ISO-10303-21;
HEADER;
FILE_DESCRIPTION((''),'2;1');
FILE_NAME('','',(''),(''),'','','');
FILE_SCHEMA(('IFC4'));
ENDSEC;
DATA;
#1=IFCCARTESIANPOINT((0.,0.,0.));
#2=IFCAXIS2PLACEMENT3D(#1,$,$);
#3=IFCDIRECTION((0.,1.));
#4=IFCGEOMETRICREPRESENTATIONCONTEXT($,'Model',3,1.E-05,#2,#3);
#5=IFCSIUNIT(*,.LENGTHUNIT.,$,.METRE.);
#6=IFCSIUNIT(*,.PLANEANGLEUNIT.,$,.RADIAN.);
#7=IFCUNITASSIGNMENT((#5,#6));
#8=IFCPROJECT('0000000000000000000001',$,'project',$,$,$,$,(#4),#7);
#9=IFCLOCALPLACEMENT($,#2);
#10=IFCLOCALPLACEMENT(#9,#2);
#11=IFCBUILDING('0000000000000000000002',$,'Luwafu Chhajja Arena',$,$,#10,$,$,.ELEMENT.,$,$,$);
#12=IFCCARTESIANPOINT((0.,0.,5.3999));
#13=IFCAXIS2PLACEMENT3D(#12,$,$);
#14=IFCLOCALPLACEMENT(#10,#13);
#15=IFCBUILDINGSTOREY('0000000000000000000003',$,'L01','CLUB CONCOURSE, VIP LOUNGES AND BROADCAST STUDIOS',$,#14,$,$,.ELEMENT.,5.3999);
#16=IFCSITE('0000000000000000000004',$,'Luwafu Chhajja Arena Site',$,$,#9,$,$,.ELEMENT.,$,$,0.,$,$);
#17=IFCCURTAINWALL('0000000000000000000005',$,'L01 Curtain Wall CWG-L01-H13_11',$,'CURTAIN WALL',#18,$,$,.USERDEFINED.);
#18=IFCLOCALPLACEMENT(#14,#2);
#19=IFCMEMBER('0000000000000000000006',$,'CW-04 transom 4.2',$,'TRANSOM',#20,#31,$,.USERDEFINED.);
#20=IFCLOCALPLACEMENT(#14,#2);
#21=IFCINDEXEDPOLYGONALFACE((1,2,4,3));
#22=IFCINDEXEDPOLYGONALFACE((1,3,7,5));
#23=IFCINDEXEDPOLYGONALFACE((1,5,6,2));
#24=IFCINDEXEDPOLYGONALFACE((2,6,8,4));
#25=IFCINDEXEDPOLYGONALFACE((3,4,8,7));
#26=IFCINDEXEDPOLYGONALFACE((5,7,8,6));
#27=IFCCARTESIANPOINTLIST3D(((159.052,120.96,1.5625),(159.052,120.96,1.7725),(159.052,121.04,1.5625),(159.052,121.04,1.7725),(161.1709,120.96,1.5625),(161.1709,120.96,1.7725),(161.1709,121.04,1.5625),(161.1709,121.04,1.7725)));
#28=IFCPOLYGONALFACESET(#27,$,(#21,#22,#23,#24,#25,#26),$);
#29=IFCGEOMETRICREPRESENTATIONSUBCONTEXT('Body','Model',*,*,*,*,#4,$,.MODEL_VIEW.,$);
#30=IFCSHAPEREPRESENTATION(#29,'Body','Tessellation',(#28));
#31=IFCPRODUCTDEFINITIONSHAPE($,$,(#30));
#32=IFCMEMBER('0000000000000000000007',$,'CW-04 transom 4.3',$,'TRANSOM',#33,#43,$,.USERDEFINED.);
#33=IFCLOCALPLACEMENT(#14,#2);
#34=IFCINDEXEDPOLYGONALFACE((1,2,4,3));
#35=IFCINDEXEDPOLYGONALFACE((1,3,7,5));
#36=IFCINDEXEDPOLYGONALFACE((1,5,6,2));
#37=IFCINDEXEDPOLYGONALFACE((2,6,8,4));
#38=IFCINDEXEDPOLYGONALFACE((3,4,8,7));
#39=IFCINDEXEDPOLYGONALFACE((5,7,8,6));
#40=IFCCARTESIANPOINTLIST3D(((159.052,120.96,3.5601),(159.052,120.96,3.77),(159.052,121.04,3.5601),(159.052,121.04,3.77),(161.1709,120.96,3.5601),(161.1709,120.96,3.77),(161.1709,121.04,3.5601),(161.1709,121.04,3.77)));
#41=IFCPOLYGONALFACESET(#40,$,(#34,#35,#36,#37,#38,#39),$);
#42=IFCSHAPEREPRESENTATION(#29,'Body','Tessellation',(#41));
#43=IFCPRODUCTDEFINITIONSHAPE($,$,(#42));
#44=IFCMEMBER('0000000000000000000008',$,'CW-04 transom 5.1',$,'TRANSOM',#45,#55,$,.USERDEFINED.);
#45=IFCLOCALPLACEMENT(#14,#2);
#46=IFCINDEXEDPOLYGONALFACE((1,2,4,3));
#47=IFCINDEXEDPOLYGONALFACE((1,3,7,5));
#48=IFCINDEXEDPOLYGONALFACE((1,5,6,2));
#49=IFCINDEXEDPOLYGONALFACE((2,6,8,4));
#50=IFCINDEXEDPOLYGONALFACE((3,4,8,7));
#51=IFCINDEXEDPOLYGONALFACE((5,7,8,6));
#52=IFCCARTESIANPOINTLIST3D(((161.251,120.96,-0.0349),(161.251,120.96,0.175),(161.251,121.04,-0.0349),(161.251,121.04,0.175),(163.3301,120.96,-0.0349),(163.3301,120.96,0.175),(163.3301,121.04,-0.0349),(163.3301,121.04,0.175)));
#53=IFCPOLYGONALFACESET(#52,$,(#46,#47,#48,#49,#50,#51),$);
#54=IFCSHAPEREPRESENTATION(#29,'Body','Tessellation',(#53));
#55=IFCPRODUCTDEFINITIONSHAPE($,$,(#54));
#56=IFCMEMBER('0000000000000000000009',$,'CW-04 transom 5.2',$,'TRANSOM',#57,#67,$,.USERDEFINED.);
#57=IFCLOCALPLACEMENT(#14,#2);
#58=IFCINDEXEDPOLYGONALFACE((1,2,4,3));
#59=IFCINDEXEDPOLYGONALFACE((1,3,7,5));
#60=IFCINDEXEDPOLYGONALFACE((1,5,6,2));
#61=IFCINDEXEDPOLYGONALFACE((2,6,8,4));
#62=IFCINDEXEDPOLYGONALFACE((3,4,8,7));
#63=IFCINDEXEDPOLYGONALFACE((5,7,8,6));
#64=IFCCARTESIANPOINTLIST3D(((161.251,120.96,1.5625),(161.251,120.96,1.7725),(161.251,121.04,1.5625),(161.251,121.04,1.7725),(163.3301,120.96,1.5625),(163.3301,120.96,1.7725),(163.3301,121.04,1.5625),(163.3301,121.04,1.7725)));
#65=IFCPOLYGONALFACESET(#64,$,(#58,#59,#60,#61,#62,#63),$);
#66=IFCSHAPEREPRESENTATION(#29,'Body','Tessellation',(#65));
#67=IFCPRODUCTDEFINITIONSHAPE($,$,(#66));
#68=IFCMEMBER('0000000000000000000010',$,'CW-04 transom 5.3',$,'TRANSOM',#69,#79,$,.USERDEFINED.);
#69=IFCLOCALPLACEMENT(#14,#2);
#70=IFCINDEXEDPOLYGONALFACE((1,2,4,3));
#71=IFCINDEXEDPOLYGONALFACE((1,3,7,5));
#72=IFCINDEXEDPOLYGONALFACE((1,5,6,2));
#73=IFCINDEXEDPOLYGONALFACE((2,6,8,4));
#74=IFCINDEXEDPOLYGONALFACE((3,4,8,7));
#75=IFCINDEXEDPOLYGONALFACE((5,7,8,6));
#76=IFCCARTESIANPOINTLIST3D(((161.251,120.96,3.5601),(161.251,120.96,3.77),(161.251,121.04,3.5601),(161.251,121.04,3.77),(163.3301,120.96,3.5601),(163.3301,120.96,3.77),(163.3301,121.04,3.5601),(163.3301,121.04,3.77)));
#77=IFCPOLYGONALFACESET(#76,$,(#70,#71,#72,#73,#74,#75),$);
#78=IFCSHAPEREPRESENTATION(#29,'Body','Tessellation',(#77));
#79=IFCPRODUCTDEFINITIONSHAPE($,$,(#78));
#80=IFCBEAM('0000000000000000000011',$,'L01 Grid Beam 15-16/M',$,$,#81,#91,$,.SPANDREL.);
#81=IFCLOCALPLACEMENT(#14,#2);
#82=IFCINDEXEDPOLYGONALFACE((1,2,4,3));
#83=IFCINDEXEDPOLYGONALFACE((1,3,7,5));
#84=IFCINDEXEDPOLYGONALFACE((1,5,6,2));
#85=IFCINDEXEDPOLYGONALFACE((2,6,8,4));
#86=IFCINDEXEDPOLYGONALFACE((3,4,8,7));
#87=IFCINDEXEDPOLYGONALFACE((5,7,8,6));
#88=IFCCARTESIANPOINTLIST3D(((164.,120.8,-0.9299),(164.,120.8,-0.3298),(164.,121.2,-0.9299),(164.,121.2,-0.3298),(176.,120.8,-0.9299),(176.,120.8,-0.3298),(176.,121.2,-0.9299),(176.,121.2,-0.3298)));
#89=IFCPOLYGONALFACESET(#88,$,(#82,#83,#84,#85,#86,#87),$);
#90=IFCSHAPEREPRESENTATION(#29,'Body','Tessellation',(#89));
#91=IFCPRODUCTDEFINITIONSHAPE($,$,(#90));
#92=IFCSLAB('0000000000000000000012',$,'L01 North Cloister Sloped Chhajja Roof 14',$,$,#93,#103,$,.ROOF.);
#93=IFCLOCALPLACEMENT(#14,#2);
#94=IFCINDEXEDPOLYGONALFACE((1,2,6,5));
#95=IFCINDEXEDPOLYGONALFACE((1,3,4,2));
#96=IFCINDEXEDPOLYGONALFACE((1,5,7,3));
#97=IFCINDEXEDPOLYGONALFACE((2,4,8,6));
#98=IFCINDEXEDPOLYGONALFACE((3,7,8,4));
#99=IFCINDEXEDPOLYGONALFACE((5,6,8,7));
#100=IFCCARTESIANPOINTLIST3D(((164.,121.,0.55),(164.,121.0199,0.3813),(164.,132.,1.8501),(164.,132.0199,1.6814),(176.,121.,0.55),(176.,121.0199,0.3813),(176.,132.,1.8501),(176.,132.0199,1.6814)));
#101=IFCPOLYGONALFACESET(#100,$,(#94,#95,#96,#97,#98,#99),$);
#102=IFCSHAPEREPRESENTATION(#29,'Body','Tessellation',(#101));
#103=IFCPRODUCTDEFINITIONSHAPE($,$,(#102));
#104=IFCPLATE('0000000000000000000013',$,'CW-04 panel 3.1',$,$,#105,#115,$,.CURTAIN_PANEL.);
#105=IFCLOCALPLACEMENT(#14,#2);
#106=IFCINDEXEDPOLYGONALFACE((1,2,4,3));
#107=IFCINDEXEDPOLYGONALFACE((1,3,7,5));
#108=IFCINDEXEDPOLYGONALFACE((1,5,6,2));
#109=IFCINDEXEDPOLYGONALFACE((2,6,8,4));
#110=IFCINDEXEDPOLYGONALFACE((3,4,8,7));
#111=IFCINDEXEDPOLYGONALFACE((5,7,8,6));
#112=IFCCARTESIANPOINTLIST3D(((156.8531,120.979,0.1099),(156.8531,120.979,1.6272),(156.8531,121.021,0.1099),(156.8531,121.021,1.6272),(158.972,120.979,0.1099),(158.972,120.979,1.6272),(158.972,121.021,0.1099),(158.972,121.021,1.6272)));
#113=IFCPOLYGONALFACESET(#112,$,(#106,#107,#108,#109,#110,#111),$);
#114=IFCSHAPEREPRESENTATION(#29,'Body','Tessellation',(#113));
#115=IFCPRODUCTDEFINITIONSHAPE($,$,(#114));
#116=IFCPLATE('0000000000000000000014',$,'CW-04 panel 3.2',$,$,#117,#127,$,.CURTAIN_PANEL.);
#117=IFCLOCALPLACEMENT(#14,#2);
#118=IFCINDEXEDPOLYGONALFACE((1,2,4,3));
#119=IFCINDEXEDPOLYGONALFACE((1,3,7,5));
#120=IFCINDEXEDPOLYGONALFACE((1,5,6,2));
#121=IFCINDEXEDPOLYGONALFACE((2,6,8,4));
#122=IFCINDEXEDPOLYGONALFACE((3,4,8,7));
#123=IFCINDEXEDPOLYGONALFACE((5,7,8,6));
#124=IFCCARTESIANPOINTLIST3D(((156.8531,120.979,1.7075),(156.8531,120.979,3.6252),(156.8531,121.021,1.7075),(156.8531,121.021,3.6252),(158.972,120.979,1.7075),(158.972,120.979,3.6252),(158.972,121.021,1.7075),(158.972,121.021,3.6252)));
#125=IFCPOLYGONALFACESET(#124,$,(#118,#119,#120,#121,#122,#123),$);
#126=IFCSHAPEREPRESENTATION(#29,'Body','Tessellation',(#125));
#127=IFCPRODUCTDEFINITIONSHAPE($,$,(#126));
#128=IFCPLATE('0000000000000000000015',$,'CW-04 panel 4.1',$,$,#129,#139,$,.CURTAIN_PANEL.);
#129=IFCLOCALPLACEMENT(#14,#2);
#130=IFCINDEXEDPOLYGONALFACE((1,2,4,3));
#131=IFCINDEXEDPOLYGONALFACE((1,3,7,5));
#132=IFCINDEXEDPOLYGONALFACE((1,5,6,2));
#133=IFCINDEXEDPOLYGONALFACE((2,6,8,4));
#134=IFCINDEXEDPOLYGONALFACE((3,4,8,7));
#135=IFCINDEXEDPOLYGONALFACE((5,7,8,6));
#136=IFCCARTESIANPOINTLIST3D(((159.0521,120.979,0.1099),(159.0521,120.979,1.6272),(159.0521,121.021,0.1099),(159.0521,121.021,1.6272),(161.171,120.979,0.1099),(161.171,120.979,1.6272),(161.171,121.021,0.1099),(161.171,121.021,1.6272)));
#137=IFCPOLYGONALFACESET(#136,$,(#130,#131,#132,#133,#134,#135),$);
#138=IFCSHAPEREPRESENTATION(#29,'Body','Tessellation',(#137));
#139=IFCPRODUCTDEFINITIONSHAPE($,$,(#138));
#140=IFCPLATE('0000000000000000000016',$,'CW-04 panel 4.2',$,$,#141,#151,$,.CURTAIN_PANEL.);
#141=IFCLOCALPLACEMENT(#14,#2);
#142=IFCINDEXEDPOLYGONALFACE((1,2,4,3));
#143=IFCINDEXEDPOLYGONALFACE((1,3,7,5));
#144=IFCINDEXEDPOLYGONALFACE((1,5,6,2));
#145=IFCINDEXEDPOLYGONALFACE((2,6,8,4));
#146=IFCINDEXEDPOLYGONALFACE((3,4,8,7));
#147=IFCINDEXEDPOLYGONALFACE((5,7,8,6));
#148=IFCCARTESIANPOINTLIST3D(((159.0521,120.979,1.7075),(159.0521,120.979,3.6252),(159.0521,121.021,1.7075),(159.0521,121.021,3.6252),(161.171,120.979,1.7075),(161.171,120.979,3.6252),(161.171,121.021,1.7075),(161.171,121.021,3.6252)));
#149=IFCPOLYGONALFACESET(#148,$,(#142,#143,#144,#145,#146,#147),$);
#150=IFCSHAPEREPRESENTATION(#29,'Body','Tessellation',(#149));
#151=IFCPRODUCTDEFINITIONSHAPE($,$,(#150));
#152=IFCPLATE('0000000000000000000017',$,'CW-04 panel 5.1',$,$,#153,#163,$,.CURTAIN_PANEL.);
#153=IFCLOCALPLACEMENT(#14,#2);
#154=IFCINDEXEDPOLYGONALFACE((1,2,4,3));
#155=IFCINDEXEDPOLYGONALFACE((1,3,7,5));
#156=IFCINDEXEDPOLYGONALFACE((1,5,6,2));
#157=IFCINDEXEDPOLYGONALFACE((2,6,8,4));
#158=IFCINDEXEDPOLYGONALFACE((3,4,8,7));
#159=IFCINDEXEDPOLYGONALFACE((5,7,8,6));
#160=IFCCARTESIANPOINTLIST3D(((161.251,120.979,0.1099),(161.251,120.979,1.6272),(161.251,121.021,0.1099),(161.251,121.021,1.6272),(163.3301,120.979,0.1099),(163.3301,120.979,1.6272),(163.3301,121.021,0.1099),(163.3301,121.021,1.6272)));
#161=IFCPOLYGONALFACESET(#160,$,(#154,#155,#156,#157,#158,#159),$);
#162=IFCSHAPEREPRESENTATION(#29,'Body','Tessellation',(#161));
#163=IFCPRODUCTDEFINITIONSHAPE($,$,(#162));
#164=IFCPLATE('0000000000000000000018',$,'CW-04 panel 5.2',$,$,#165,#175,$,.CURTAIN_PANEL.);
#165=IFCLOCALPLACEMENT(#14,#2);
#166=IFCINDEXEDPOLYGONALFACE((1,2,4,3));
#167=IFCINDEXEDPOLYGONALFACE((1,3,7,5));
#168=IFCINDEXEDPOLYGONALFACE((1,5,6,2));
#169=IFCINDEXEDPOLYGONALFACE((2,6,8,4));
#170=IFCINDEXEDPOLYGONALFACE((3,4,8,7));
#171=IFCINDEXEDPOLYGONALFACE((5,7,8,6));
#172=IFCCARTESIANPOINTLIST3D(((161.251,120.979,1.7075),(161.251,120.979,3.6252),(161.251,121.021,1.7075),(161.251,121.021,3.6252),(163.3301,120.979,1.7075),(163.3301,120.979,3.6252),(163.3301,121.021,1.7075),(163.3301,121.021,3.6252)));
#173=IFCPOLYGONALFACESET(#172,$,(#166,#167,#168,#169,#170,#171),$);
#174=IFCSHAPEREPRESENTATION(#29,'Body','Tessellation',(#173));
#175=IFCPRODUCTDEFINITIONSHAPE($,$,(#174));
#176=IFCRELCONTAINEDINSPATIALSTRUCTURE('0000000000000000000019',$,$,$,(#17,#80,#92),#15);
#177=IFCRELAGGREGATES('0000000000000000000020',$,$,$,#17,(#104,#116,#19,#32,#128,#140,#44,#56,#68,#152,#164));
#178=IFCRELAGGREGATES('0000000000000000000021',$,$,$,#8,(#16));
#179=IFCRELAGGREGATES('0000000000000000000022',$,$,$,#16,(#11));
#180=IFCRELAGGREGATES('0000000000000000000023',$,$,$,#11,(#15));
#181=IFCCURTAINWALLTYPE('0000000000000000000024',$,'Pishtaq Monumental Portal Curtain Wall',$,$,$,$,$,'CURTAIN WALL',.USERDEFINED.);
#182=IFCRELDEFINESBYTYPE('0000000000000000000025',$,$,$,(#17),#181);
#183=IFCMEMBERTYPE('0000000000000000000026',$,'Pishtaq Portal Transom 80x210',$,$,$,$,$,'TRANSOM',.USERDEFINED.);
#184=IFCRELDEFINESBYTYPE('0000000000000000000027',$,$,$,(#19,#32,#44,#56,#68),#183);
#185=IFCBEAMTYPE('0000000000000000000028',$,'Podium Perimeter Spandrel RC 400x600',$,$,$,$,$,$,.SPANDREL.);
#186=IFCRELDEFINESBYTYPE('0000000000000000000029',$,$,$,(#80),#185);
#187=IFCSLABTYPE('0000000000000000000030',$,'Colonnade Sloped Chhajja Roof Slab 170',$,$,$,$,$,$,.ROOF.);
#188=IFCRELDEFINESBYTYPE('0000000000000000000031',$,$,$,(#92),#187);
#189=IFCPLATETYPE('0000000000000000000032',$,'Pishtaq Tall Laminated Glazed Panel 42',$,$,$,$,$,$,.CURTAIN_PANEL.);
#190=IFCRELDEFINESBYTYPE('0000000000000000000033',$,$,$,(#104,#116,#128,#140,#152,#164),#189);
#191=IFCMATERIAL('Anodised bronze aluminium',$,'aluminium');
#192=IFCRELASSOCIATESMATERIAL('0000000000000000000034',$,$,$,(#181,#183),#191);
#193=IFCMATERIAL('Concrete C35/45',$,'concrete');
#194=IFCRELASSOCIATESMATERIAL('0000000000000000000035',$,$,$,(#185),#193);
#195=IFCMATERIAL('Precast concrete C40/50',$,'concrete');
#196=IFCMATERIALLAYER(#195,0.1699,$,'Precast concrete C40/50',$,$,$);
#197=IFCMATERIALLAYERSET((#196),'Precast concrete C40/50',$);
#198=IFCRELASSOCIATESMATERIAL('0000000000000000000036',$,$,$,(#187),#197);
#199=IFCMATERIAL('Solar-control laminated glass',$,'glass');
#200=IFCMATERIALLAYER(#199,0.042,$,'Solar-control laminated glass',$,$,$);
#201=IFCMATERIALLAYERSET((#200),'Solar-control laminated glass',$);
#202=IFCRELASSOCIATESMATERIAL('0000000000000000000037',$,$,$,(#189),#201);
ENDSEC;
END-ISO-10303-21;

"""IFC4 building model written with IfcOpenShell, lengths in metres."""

from ifc_helpers import new_model, si_unit, direction, frame, origin, origin_2d, place, context, subcontext, project, spatial, polyline, rectangle, outline, extrude, material, layer, layer_set, material_profile, profile_set, type_object, element, aggregate, save


model = new_model("IFC4")

# Units and contexts
model_context = context("Model", 3, precision=1e-05, world=origin(), true_north=direction((0.0, 1.0)))
body_context = subcontext(model_context, "Body", "Model", "MODEL_VIEW")
ifc_project = project(units=[si_unit("LENGTHUNIT", "METRE"), si_unit("PLANEANGLEUNIT", "RADIAN")], contexts=[model_context])

# Site, building, storey
site_placement = place(None, origin())
site = spatial("IfcSite", under=ifc_project, at=site_placement, Name="Luwafu Chhajja Arena Site", CompositionType="ELEMENT", RefElevation=0.0)
building_placement = place(site_placement, origin())
building = spatial("IfcBuilding", under=site, at=building_placement, Name="Luwafu Chhajja Arena", CompositionType="ELEMENT")
storey_placement = place(building_placement, frame((0.0, 0.0, 5.3999)))
storey = spatial("IfcBuildingStorey", under=building, at=storey_placement, Name="L01", Description="CLUB CONCOURSE, VIP LOUNGES AND BROADCAST STUDIOS", CompositionType="ELEMENT", Elevation=5.3999)

# Curtain wall, members
ifc_material_1 = material(Name="Anodised bronze aluminium", Category="aluminium")
curtain_wall_type = type_object("IfcCurtainWallType", Name="Pishtaq Monumental Portal Curtain Wall", ElementType="CURTAIN WALL", PredefinedType="USERDEFINED", material=ifc_material_1)
curtain_wall_placement = place(storey_placement, origin())
curtain_wall = element("IfcCurtainWall", 1, at=curtain_wall_placement, inside=storey, type_object=curtain_wall_type, Name="L01 Curtain Wall CWG-L01-H13_11", ObjectType="CURTAIN WALL", PredefinedType="USERDEFINED")
ifc_material_profile_1 = material_profile(ifc_material_1, rectangle(XDim=0.0801, YDim=0.21, at=origin_2d()), Name="CWT 80x210")
ifc_profile_set_1 = profile_set([ifc_material_profile_1], Name="Anodised bronze aluminium")
member_type_1 = type_object("IfcMemberType", Name="Pishtaq Portal Transom 80x210", ElementType="TRANSOM", PredefinedType="USERDEFINED", material=ifc_profile_set_1)
member_1_placement = place(storey_placement, frame((159.052, 121.0, 1.6675), z_axis=(1.0, 0.0, 0.0), x_axis=(0.0, 1.0, 0.0)))
member_1 = element("IfcMember", 2, at=member_1_placement, type_object=member_type_1, Name="CW-04 transom 4.2", ObjectType="TRANSOM", PredefinedType="USERDEFINED", context=body_context, shape_type="SweptSolid", body=[
    extrude(rectangle(XDim=0.0801, YDim=0.21, at=origin_2d()), origin(), (0.0, 0.0, 1.0), 2.1189),
])
member_2_placement = place(storey_placement, frame((159.052, 121.0, 3.665), z_axis=(1.0, 0.0, 0.0), x_axis=(0.0, 1.0, 0.0)))
member_2 = element("IfcMember", 3, at=member_2_placement, type_object=member_type_1, Name="CW-04 transom 4.3", ObjectType="TRANSOM", PredefinedType="USERDEFINED", context=body_context, shape_type="SweptSolid", body=[
    extrude(rectangle(XDim=0.0801, YDim=0.21, at=origin_2d()), origin(), (0.0, 0.0, 1.0), 2.1189),
])
member_3_placement = place(storey_placement, frame((161.251, 121.0, 0.0701), z_axis=(1.0, 0.0, 0.0), x_axis=(0.0, 1.0, 0.0)))
member_3 = element("IfcMember", 4, at=member_3_placement, type_object=member_type_1, Name="CW-04 transom 5.1", ObjectType="TRANSOM", PredefinedType="USERDEFINED", context=body_context, shape_type="SweptSolid", body=[
    extrude(rectangle(XDim=0.0801, YDim=0.21, at=origin_2d()), origin(), (0.0, 0.0, 1.0), 2.0791),
])
member_4_placement = place(storey_placement, frame((161.251, 121.0, 1.6675), z_axis=(1.0, 0.0, 0.0), x_axis=(0.0, 1.0, 0.0)))
member_4 = element("IfcMember", 5, at=member_4_placement, type_object=member_type_1, Name="CW-04 transom 5.2", ObjectType="TRANSOM", PredefinedType="USERDEFINED", context=body_context, shape_type="SweptSolid", body=[
    extrude(rectangle(XDim=0.0801, YDim=0.21, at=origin_2d()), origin(), (0.0, 0.0, 1.0), 2.0791),
])
member_5_placement = place(storey_placement, frame((161.251, 121.0, 3.665), z_axis=(1.0, 0.0, 0.0), x_axis=(0.0, 1.0, 0.0)))
member_5 = element("IfcMember", 6, at=member_5_placement, type_object=member_type_1, Name="CW-04 transom 5.3", ObjectType="TRANSOM", PredefinedType="USERDEFINED", context=body_context, shape_type="SweptSolid", body=[
    extrude(rectangle(XDim=0.0801, YDim=0.21, at=origin_2d()), origin(), (0.0, 0.0, 1.0), 2.0791),
])

# Beam
ifc_material_2 = material(Name="Concrete C35/45", Category="concrete")
ifc_material_profile_2 = material_profile(ifc_material_2, rectangle(XDim=0.3999, YDim=0.6001, at=origin_2d()), Name="RC 400x600")
ifc_profile_set_2 = profile_set([ifc_material_profile_2], Name="Concrete C35/45")
beam_type_1 = type_object("IfcBeamType", Name="Podium Perimeter Spandrel RC 400x600", PredefinedType="SPANDREL", material=ifc_profile_set_2)
beam_1_placement = place(storey_placement, frame((164.0, 121.0, -0.6299), z_axis=(1.0, 0.0, 0.0), x_axis=(0.0, 1.0, 0.0)))
element("IfcBeam", 7, at=beam_1_placement, inside=storey, type_object=beam_type_1, Name="L01 Grid Beam 15-16/M", PredefinedType="SPANDREL", context=body_context, shape_type="SweptSolid", body=[
    extrude(rectangle(XDim=0.3999, YDim=0.6001, at=origin_2d()), origin(), (0.0, 0.0, 1.0), 12.0),
])

# Slab
ifc_material_3 = material(Name="Precast concrete C40/50", Category="concrete")
ifc_layer_1 = layer(ifc_material_3, 0.1699, Name="Precast concrete C40/50")
ifc_layer_set_1 = layer_set([ifc_layer_1], Name="Precast concrete C40/50")
slab_type = type_object("IfcSlabType", Name="Colonnade Sloped Chhajja Roof Slab 170", PredefinedType="ROOF", material=ifc_layer_set_1)
slab_placement = place(storey_placement, frame((164.0, 121.0, 0.55), z_axis=(0.0, -0.117369, 0.993088), x_axis=(0.0, 0.993088, 0.117369)))
element("IfcSlab", 8, at=slab_placement, inside=storey, type_object=slab_type, Name="L01 North Cloister Sloped Chhajja Roof 14", PredefinedType="ROOF", context=body_context, shape_type="SweptSolid", body=[
    extrude(outline(polyline([(0.0, 0.0), (11.0766, 0.0), (11.0766, -12.0), (0.0, -12.0), (0.0, 0.0)])), origin(), (0.0, 0.0, -1.0), 0.1699),
])

# Plates
ifc_material_4 = material(Name="Solar-control laminated glass", Category="glass")
ifc_layer_2 = layer(ifc_material_4, 0.042, Name="Solar-control laminated glass")
ifc_layer_set_2 = layer_set([ifc_layer_2], Name="Solar-control laminated glass")
plate_type = type_object("IfcPlateType", Name="Pishtaq Tall Laminated Glazed Panel 42", PredefinedType="CURTAIN_PANEL", material=ifc_layer_set_2)
plate_1_placement = place(storey_placement, frame((157.9126, 121.0, 0.1099), z_axis=(0.0, 0.0, 1.0), x_axis=(1.0, 0.0, 0.0)))
plate_1 = element("IfcPlate", 9, at=plate_1_placement, type_object=plate_type, Name="CW-04 panel 3.1", PredefinedType="CURTAIN_PANEL", context=body_context, shape_type="SweptSolid", body=[
    extrude(rectangle(XDim=2.1189, YDim=0.042, at=origin_2d()), origin(), (0.0, 0.0, 1.0), 1.5173),
])
plate_2_placement = place(storey_placement, frame((157.9126, 121.0, 1.7075), z_axis=(0.0, 0.0, 1.0), x_axis=(1.0, 0.0, 0.0)))
plate_2 = element("IfcPlate", 10, at=plate_2_placement, type_object=plate_type, Name="CW-04 panel 3.2", PredefinedType="CURTAIN_PANEL", context=body_context, shape_type="SweptSolid", body=[
    extrude(rectangle(XDim=2.1189, YDim=0.042, at=origin_2d()), origin(), (0.0, 0.0, 1.0), 1.9177),
])
plate_3_placement = place(storey_placement, frame((160.1116, 121.0, 0.1099), z_axis=(0.0, 0.0, 1.0), x_axis=(1.0, 0.0, 0.0)))
plate_3 = element("IfcPlate", 11, at=plate_3_placement, type_object=plate_type, Name="CW-04 panel 4.1", PredefinedType="CURTAIN_PANEL", context=body_context, shape_type="SweptSolid", body=[
    extrude(rectangle(XDim=2.1189, YDim=0.042, at=origin_2d()), origin(), (0.0, 0.0, 1.0), 1.5173),
])
plate_4_placement = place(storey_placement, frame((160.1116, 121.0, 1.7075), z_axis=(0.0, 0.0, 1.0), x_axis=(1.0, 0.0, 0.0)))
plate_4 = element("IfcPlate", 12, at=plate_4_placement, type_object=plate_type, Name="CW-04 panel 4.2", PredefinedType="CURTAIN_PANEL", context=body_context, shape_type="SweptSolid", body=[
    extrude(rectangle(XDim=2.1189, YDim=0.042, at=origin_2d()), origin(), (0.0, 0.0, 1.0), 1.9177),
])
plate_5_placement = place(storey_placement, frame((162.2905, 121.0, 0.1099), z_axis=(0.0, 0.0, 1.0), x_axis=(1.0, 0.0, 0.0)))
plate_5 = element("IfcPlate", 13, at=plate_5_placement, type_object=plate_type, Name="CW-04 panel 5.1", PredefinedType="CURTAIN_PANEL", context=body_context, shape_type="SweptSolid", body=[
    extrude(rectangle(XDim=2.0791, YDim=0.042, at=origin_2d()), origin(), (0.0, 0.0, 1.0), 1.5173),
])
plate_6_placement = place(storey_placement, frame((162.2905, 121.0, 1.7075), z_axis=(0.0, 0.0, 1.0), x_axis=(1.0, 0.0, 0.0)))
plate_6 = element("IfcPlate", 14, at=plate_6_placement, type_object=plate_type, Name="CW-04 panel 5.2", PredefinedType="CURTAIN_PANEL", context=body_context, shape_type="SweptSolid", body=[
    extrude(rectangle(XDim=2.0791, YDim=0.042, at=origin_2d()), origin(), (0.0, 0.0, 1.0), 1.9177),
])
aggregate(curtain_wall, [plate_1, plate_2, member_1, member_2, plate_3, plate_4, member_3, member_4, member_5, plate_5, plate_6])

save(model, "model.ifc")
